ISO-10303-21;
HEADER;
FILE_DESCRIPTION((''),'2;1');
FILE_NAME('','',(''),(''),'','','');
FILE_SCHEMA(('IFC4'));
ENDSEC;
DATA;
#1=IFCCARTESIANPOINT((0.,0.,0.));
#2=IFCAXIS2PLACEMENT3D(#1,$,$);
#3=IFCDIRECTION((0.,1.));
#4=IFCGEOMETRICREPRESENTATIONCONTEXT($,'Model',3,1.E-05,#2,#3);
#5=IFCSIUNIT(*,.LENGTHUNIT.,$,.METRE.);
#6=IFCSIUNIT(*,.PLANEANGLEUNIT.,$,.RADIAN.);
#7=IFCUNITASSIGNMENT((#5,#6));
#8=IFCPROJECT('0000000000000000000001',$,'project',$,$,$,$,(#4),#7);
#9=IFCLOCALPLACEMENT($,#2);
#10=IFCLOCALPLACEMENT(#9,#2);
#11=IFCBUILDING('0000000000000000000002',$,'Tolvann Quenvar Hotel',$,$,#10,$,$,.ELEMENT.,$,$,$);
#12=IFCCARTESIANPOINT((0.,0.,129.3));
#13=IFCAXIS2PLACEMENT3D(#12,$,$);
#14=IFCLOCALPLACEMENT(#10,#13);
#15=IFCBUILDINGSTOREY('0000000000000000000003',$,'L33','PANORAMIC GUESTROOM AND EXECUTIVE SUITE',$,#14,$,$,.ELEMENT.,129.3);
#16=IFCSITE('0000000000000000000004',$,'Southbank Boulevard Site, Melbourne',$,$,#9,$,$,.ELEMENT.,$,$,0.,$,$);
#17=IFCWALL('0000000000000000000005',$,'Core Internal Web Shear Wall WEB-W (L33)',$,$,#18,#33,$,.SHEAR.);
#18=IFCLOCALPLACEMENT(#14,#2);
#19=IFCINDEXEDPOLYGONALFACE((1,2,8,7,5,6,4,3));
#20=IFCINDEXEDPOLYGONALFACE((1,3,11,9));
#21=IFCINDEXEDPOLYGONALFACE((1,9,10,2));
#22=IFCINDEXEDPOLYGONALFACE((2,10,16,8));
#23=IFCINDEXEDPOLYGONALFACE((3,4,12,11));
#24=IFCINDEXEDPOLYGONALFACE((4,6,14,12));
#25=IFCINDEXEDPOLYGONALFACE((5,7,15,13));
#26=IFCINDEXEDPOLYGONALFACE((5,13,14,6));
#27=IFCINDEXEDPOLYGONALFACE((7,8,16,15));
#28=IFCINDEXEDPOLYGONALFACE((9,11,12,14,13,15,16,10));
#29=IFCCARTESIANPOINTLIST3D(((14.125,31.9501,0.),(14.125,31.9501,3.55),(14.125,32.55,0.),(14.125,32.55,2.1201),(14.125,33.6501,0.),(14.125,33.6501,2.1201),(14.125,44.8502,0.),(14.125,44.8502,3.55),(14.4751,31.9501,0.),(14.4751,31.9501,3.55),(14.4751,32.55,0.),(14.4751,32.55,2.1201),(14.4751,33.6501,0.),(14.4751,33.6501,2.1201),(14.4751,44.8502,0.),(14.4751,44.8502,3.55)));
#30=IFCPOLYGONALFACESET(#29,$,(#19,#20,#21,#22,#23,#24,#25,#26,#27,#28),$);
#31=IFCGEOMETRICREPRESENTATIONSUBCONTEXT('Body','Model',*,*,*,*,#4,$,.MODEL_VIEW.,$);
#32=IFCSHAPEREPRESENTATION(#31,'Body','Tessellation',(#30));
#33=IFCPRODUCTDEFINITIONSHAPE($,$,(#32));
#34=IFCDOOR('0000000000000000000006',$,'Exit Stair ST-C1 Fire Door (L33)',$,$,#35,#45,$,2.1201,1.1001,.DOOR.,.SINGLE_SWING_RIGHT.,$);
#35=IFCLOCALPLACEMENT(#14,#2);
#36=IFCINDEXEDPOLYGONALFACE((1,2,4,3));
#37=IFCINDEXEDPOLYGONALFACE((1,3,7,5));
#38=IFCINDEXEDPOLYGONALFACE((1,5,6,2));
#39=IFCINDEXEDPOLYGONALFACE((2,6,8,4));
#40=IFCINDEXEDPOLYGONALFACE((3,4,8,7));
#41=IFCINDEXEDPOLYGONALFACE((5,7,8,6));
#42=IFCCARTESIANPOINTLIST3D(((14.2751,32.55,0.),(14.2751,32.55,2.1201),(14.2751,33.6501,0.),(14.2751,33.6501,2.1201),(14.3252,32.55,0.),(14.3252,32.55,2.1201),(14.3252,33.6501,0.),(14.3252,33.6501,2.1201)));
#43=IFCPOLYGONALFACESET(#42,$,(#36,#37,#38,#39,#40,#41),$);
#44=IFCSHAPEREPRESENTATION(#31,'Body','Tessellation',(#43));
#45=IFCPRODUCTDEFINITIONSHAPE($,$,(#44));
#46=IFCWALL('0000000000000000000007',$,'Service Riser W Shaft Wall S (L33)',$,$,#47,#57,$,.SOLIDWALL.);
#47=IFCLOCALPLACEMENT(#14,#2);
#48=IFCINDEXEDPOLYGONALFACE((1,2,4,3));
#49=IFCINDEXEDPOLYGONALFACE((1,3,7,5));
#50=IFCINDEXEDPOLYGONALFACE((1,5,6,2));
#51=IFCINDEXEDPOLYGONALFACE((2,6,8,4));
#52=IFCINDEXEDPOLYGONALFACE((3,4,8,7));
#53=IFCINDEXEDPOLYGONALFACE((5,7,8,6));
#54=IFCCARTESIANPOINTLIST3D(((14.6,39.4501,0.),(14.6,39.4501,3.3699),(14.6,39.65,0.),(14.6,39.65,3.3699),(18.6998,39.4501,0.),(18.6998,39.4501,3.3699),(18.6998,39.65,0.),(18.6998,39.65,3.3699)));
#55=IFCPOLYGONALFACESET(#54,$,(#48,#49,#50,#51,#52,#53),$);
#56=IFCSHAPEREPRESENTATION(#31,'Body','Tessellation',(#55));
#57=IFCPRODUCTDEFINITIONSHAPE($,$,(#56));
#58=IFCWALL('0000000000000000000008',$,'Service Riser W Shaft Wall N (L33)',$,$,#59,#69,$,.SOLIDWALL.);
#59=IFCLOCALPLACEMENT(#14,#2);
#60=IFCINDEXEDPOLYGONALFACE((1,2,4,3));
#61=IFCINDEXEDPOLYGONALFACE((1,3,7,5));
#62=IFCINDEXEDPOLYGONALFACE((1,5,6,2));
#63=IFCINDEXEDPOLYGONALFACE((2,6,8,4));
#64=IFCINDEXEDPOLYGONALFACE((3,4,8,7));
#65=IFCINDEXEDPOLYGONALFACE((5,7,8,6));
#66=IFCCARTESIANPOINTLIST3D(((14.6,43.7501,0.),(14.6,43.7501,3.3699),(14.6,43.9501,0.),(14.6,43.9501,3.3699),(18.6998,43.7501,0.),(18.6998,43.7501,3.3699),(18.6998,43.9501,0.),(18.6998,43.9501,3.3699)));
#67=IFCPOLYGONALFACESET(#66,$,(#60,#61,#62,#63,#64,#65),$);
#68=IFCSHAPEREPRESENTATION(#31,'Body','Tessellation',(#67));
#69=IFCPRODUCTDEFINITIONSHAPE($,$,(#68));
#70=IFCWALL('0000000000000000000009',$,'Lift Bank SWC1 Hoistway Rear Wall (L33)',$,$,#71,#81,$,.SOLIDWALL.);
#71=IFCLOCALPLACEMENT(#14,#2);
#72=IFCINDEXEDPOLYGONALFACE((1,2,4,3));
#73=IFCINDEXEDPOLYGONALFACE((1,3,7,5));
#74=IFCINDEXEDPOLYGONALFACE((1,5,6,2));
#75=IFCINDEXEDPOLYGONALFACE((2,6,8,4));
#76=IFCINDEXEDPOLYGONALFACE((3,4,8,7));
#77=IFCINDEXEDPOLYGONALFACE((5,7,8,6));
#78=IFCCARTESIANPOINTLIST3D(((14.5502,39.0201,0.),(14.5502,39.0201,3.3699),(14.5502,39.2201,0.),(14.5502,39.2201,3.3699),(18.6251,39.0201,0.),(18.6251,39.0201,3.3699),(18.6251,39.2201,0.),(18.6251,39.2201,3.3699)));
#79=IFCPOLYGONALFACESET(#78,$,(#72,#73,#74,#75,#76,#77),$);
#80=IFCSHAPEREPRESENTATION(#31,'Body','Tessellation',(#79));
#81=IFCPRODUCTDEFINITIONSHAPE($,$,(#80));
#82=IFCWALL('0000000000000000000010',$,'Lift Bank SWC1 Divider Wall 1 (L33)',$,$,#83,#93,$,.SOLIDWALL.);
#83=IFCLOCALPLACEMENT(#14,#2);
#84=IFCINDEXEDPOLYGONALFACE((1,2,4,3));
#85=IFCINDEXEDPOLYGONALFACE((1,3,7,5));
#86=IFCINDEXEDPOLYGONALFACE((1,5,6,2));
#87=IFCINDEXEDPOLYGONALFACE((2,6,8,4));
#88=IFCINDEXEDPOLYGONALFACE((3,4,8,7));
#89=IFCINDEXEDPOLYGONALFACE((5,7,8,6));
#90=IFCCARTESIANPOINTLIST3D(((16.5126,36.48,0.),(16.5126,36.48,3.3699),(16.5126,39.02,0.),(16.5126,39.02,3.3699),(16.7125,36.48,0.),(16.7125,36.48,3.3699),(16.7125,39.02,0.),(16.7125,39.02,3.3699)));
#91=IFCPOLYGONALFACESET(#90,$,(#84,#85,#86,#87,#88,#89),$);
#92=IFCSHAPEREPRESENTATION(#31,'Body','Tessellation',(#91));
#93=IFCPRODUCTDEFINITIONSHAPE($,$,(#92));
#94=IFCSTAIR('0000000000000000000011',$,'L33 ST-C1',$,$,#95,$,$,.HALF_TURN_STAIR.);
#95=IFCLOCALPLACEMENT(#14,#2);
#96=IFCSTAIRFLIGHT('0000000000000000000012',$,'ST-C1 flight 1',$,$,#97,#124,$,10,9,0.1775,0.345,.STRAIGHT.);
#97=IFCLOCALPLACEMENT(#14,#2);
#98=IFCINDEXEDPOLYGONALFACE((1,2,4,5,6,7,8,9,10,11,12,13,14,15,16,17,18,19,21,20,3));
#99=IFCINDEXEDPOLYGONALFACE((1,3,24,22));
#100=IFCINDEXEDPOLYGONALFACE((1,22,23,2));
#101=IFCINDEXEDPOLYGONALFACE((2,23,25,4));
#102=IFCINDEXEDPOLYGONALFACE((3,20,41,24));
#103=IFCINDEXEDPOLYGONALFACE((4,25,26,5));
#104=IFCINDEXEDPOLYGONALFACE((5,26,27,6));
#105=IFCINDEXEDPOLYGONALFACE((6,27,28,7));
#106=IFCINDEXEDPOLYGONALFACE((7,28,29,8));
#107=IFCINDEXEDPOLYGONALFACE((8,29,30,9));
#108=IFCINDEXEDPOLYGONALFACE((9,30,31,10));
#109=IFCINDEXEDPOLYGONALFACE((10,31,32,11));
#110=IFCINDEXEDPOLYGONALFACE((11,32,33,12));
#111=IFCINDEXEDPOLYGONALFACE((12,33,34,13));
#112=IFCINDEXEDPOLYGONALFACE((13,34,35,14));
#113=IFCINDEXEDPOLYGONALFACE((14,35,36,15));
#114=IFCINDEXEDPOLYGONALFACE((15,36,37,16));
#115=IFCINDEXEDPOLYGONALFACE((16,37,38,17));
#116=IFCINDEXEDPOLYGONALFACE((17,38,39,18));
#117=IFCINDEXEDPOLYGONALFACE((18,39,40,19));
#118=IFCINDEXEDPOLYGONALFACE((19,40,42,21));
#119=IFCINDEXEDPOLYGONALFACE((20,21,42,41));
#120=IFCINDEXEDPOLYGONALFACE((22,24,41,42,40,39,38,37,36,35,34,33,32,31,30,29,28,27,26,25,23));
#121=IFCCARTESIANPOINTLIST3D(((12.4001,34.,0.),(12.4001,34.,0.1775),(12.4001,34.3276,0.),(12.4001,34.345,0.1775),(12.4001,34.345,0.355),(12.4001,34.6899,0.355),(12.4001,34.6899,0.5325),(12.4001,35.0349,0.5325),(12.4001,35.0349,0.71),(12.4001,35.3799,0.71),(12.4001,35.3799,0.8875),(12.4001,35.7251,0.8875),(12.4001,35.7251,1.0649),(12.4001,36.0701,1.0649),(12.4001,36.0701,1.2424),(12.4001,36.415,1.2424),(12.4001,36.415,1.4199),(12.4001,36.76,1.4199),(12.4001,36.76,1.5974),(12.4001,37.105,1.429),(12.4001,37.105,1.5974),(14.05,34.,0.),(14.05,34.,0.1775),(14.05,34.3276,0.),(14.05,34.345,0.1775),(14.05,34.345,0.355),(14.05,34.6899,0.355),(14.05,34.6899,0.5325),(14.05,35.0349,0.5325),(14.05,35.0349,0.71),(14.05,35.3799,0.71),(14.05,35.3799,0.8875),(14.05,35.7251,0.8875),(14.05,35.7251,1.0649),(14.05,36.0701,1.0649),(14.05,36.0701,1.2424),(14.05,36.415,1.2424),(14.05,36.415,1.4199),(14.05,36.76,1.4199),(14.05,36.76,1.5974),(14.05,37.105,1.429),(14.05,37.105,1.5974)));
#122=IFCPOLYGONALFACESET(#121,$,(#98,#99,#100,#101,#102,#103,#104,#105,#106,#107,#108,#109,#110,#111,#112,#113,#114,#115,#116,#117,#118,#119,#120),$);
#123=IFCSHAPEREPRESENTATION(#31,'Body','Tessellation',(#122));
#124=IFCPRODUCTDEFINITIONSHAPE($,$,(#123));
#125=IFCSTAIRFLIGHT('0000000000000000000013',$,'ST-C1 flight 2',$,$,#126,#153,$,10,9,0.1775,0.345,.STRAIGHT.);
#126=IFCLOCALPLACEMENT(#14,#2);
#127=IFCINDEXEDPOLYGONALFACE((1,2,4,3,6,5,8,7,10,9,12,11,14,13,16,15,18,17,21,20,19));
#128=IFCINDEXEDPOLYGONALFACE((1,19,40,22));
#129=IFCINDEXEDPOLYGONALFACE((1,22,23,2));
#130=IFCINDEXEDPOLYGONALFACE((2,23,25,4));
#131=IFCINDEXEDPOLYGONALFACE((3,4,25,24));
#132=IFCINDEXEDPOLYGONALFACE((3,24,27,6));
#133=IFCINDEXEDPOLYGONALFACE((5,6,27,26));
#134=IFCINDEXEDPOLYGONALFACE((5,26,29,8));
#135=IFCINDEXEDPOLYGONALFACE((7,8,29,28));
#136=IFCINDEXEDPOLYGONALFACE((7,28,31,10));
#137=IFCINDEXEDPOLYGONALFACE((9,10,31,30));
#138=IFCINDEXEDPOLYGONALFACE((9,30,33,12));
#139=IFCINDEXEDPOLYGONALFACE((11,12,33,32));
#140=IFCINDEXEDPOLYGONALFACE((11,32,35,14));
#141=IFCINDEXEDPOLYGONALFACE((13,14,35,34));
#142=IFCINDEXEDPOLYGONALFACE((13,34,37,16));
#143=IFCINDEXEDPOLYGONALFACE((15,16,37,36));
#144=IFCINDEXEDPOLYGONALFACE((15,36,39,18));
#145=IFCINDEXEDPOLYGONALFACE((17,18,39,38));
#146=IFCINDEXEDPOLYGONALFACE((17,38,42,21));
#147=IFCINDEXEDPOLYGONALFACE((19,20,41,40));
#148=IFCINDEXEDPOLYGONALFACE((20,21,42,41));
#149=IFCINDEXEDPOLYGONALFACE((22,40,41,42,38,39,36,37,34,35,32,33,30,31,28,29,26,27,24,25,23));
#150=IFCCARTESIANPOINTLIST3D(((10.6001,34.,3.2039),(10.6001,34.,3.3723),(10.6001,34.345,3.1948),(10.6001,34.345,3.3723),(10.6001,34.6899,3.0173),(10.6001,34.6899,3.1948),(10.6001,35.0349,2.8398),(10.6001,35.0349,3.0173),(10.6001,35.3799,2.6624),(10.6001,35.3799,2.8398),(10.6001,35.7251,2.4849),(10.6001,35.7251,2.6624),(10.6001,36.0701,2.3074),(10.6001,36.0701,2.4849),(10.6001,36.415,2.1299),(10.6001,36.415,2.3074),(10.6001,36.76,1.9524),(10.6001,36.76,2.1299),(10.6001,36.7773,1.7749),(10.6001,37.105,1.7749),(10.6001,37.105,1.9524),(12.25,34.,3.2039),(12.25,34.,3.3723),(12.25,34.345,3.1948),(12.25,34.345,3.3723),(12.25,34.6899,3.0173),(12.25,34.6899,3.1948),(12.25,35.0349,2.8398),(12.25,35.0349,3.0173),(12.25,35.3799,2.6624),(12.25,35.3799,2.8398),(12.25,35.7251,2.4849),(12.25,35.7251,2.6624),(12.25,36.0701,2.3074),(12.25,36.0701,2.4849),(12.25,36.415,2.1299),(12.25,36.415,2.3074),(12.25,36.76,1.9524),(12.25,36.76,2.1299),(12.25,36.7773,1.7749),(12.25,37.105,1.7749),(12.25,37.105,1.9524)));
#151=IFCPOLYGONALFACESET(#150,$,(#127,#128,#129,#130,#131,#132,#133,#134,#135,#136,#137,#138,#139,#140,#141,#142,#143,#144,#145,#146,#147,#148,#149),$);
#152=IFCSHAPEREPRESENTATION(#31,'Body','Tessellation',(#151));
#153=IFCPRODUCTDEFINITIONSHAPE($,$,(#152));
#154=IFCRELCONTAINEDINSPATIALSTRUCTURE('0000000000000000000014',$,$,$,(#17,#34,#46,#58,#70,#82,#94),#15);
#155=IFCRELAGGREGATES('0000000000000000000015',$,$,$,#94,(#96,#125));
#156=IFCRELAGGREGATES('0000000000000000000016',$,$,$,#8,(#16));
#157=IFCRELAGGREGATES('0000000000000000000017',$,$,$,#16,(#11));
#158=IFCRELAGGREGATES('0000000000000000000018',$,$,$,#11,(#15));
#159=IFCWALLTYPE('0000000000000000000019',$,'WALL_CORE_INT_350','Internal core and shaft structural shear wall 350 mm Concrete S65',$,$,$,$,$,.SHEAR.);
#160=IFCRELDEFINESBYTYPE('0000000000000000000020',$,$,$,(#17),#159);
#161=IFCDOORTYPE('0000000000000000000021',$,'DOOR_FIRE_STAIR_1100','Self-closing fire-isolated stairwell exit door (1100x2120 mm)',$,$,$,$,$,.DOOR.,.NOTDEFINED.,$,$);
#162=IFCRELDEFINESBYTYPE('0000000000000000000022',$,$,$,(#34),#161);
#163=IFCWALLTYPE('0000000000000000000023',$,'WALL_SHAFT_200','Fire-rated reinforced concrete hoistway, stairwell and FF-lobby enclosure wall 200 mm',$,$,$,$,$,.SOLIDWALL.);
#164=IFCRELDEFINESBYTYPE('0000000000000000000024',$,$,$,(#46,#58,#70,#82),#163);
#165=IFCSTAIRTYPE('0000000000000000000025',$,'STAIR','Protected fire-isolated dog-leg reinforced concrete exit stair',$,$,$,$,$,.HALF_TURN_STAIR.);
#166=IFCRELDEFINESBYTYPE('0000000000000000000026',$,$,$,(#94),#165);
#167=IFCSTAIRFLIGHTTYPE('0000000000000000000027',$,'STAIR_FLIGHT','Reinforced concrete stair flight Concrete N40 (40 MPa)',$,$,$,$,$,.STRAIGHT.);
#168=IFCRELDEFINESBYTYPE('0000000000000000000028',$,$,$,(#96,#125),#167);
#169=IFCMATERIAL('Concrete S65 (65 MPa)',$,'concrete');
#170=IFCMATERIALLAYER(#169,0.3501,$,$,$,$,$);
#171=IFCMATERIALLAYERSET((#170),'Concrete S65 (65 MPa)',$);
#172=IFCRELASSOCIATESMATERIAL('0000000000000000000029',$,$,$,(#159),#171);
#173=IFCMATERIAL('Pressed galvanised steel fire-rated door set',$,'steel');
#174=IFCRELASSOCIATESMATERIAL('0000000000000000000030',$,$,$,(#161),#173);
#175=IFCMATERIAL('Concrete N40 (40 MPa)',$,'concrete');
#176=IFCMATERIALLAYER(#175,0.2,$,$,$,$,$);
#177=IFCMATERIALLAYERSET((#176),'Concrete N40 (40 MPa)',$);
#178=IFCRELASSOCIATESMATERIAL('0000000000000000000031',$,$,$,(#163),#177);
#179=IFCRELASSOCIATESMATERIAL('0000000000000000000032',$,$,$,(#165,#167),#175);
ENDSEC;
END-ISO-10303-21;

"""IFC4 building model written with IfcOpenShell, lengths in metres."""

from ifc_helpers import new_model, si_unit, direction, frame, frame_2d, origin, place, context, subcontext, project, spatial, polyline, rectangle, outline, extrude, source, transform, mapped, material, layer, layer_set, type_object, type_shapes, element, fill, aggregate, save


model = new_model("IFC4")

# Units and contexts
model_context = context("Model", 3, precision=1e-05, world=origin(), true_north=direction((0.0, 1.0)))
body_context = subcontext(model_context, "Body", "Model", "MODEL_VIEW")
ifc_project = project(units=[si_unit("LENGTHUNIT", "METRE"), si_unit("PLANEANGLEUNIT", "RADIAN")], contexts=[model_context])

# Site, building, storey
site_placement = place(None, origin())
site = spatial("IfcSite", under=ifc_project, at=site_placement, Name="Southbank Boulevard Site, Melbourne", CompositionType="ELEMENT", RefElevation=0.0)
building_placement = place(site_placement, origin())
building = spatial("IfcBuilding", under=site, at=building_placement, Name="Tolvann Quenvar Hotel", CompositionType="ELEMENT")
storey_placement = place(building_placement, frame((0.0, 0.0, 129.3)))
storey = spatial("IfcBuildingStorey", under=building, at=storey_placement, Name="L33", Description="PANORAMIC GUESTROOM AND EXECUTIVE SUITE", CompositionType="ELEMENT", Elevation=129.3)

# Wall, opening, door
ifc_material_1 = material(Name="Concrete S65 (65 MPa)", Category="concrete")
ifc_layer_1 = layer(ifc_material_1, 0.3501)
ifc_layer_set_1 = layer_set([ifc_layer_1], Name="Concrete S65 (65 MPa)")
wall_type_1 = type_object("IfcWallType", Name="WALL_CORE_INT_350", Description="Internal core and shaft structural shear wall 350 mm Concrete S65", PredefinedType="SHEAR", material=ifc_layer_set_1)
wall_1_placement = place(storey_placement, frame((14.3, 31.95, 0.0), z_axis=(0.0, 0.0, 1.0), x_axis=(0.0, 1.0, 0.0)))
wall_1 = element("IfcWall", 1, at=wall_1_placement, inside=storey, type_object=wall_type_1, Name="Core Internal Web Shear Wall WEB-W (L33)", PredefinedType="SHEAR", context=body_context, shape_type="SweptSolid", body=[
    extrude(rectangle(XDim=12.9001, YDim=0.3501, at=frame_2d((6.4502, 0.0))), origin(), (0.0, 0.0, 1.0), 3.55),
])
opening_1_placement = place(wall_1_placement, frame((0.6001, 0.0, 0.0)))
opening_1 = element("IfcOpeningElement", 2, at=opening_1_placement, cuts=wall_1, PredefinedType="OPENING", context=body_context, shape_type="SweptSolid", body=[
    extrude(rectangle(XDim=1.1001, YDim=2.1201, at=frame_2d((0.55, 1.0601))), frame((0.0, 0.1851, 0.0), z_axis=(0.0, -1.0, 0.0), x_axis=(1.0, 0.0, 0.0)), (0.0, 0.0, 1.0), 0.3701),
])
ifc_material_2 = material(Name="Pressed galvanised steel fire-rated door set", Category="steel")
door_type_1 = type_object("IfcDoorType", Name="DOOR_FIRE_STAIR_1100", Description="Self-closing fire-isolated stairwell exit door (1100x2120 mm)", OperationType="NOTDEFINED", PredefinedType="DOOR", material=ifc_material_2)
shared_shape_1 = source(origin(), body_context, "Body", "SweptSolid", [
    extrude(rectangle(XDim=1.1001, YDim=2.1201, at=frame_2d((0.55, 1.0601))), frame((0.0, 0.0249, 0.0), z_axis=(0.0, -1.0, 0.0), x_axis=(1.0, 0.0, 0.0)), (0.0, 0.0, 1.0), 0.05),
])
type_shapes(door_type_1, [shared_shape_1])
door_1_placement = place(opening_1_placement, origin())
door_1 = element("IfcDoor", 3, at=door_1_placement, inside=storey, type_object=door_type_1, Name="Exit Stair ST-C1 Fire Door (L33)", OperationType="SINGLE_SWING_RIGHT", OverallHeight=2.1201, OverallWidth=1.1001, PredefinedType="DOOR", context=body_context, shape_type="MappedRepresentation", body=[
    mapped(shared_shape_1, transform((0.0, 0.0, 0.0), x_axis=(1.0, 0.0, 0.0), y_axis=(0.0, 1.0, 0.0), z_axis=(0.0, 0.0, 1.0), scale=1.0)),
])
fill(opening_1, door_1)

# Walls
ifc_material_3 = material(Name="Concrete N40 (40 MPa)", Category="concrete")
ifc_layer_2 = layer(ifc_material_3, 0.2)
ifc_layer_set_2 = layer_set([ifc_layer_2], Name="Concrete N40 (40 MPa)")
wall_type_2 = type_object("IfcWallType", Name="WALL_SHAFT_200", Description="Fire-rated reinforced concrete hoistway, stairwell and FF-lobby enclosure wall 200 mm", PredefinedType="SOLIDWALL", material=ifc_layer_set_2)
for number, where, z_axis, x_axis, name in (
    (4, (14.6001, 39.55, 0.0), (0.0, 0.0, 1.0), (1.0, 0.0, 0.0), "Service Riser W Shaft Wall S (L33)"),
    (5, (14.6001, 43.8501, 0.0), (0.0, 0.0, 1.0), (1.0, 0.0, 0.0), "Service Riser W Shaft Wall N (L33)"),
):
    element("IfcWall", number, at=place(storey_placement, frame(where, z_axis=z_axis, x_axis=x_axis)), inside=storey, type_object=wall_type_2, Name=name, PredefinedType="SOLIDWALL", context=body_context, shape_type="SweptSolid", body=[
        extrude(rectangle(XDim=4.0999, YDim=0.2, at=frame_2d((2.0498, 0.0))), origin(), (0.0, 0.0, 1.0), 3.3699),
    ])

# Walls
wall_2_placement = place(storey_placement, frame((14.55, 39.1201, 0.0), z_axis=(0.0, 0.0, 1.0), x_axis=(1.0, 0.0, 0.0)))
element("IfcWall", 6, at=wall_2_placement, inside=storey, type_object=wall_type_2, Name="Lift Bank SWC1 Hoistway Rear Wall (L33)", PredefinedType="SOLIDWALL", context=body_context, shape_type="SweptSolid", body=[
    extrude(rectangle(XDim=4.075, YDim=0.2, at=frame_2d((2.0376, 0.0))), origin(), (0.0, 0.0, 1.0), 3.3699),
])
wall_3_placement = place(storey_placement, frame((16.6125, 36.48, 0.0), z_axis=(0.0, 0.0, 1.0), x_axis=(0.0, 1.0, 0.0)))
element("IfcWall", 7, at=wall_3_placement, inside=storey, type_object=wall_type_2, Name="Lift Bank SWC1 Divider Wall 1 (L33)", PredefinedType="SOLIDWALL", context=body_context, shape_type="SweptSolid", body=[
    extrude(rectangle(XDim=2.54, YDim=0.2, at=frame_2d((1.27, 0.0))), origin(), (0.0, 0.0, 1.0), 3.3699),
])

# Stair, stair flights
stair_type = type_object("IfcStairType", Name="STAIR", Description="Protected fire-isolated dog-leg reinforced concrete exit stair", PredefinedType="HALF_TURN_STAIR", material=ifc_material_3)
stair_placement = place(storey_placement, origin())
stair = element("IfcStair", 8, at=stair_placement, inside=storey, type_object=stair_type, Name="L33 ST-C1", PredefinedType="HALF_TURN_STAIR")
stair_flight_type = type_object("IfcStairFlightType", Name="STAIR_FLIGHT", Description="Reinforced concrete stair flight Concrete N40 (40 MPa)", PredefinedType="STRAIGHT", material=ifc_material_3)
stair_flight_1_placement = place(storey_placement, frame((13.2251, 34.0, 0.0), z_axis=(0.0, 0.0, 1.0), x_axis=(0.0, 1.0, 0.0)))
stair_flight_1 = element("IfcStairFlight", 9, at=stair_flight_1_placement, type_object=stair_flight_type, Name="ST-C1 flight 1", NumberOfRisers=10, NumberOfTreads=9, PredefinedType="STRAIGHT", RiserHeight=0.1775, TreadLength=0.345, context=body_context, shape_type="SweptSolid", body=[
    extrude(outline(polyline([(0.0, 0.0), (0.0, 0.1775), (0.345, 0.1775), (0.345, 0.355), (0.6899, 0.355), (0.6899, 0.5325), (1.0349, 0.5325), (1.0349, 0.71), (1.3799, 0.71), (1.3799, 0.8875), (1.7251, 0.8875), (1.7251, 1.0649), (2.0701, 1.0649), (2.0701, 1.2424), (2.415, 1.2424), (2.415, 1.4199), (2.76, 1.4199), (2.76, 1.5974), (3.105, 1.5974), (3.105, 1.7749), (3.105, 1.429), (0.3276, 0.0), (0.0, 0.0)])), frame((0.0, 0.825, 0.0), z_axis=(0.0, -1.0, 0.0), x_axis=(1.0, 0.0, 0.0)), (0.0, 0.0, 1.0), 1.6499),
])
stair_flight_2_placement = place(storey_placement, frame((11.425, 37.105, 1.7749), z_axis=(0.0, 0.0, 1.0), x_axis=(0.0, -1.0, 0.0)))
stair_flight_2 = element("IfcStairFlight", 10, at=stair_flight_2_placement, type_object=stair_flight_type, Name="ST-C1 flight 2", NumberOfRisers=10, NumberOfTreads=9, PredefinedType="STRAIGHT", RiserHeight=0.1775, TreadLength=0.345, context=body_context, shape_type="SweptSolid", body=[
    extrude(outline(polyline([(0.0, 0.0), (0.0, 0.1775), (0.345, 0.1775), (0.345, 0.355), (0.6899, 0.355), (0.6899, 0.5325), (1.0349, 0.5325), (1.0349, 0.71), (1.3799, 0.71), (1.3799, 0.8875), (1.7251, 0.8875), (1.7251, 1.0649), (2.0701, 1.0649), (2.0701, 1.2424), (2.415, 1.2424), (2.415, 1.4199), (2.76, 1.4199), (2.76, 1.5974), (3.105, 1.5974), (3.105, 1.7749), (3.105, 1.429), (0.3276, 0.0), (0.0, 0.0)])), frame((0.0, 0.825, 0.0), z_axis=(0.0, -1.0, 0.0), x_axis=(1.0, 0.0, 0.0)), (0.0, 0.0, 1.0), 1.6499),
])
aggregate(stair, [stair_flight_1, stair_flight_2])

save(model, "model.ifc")
